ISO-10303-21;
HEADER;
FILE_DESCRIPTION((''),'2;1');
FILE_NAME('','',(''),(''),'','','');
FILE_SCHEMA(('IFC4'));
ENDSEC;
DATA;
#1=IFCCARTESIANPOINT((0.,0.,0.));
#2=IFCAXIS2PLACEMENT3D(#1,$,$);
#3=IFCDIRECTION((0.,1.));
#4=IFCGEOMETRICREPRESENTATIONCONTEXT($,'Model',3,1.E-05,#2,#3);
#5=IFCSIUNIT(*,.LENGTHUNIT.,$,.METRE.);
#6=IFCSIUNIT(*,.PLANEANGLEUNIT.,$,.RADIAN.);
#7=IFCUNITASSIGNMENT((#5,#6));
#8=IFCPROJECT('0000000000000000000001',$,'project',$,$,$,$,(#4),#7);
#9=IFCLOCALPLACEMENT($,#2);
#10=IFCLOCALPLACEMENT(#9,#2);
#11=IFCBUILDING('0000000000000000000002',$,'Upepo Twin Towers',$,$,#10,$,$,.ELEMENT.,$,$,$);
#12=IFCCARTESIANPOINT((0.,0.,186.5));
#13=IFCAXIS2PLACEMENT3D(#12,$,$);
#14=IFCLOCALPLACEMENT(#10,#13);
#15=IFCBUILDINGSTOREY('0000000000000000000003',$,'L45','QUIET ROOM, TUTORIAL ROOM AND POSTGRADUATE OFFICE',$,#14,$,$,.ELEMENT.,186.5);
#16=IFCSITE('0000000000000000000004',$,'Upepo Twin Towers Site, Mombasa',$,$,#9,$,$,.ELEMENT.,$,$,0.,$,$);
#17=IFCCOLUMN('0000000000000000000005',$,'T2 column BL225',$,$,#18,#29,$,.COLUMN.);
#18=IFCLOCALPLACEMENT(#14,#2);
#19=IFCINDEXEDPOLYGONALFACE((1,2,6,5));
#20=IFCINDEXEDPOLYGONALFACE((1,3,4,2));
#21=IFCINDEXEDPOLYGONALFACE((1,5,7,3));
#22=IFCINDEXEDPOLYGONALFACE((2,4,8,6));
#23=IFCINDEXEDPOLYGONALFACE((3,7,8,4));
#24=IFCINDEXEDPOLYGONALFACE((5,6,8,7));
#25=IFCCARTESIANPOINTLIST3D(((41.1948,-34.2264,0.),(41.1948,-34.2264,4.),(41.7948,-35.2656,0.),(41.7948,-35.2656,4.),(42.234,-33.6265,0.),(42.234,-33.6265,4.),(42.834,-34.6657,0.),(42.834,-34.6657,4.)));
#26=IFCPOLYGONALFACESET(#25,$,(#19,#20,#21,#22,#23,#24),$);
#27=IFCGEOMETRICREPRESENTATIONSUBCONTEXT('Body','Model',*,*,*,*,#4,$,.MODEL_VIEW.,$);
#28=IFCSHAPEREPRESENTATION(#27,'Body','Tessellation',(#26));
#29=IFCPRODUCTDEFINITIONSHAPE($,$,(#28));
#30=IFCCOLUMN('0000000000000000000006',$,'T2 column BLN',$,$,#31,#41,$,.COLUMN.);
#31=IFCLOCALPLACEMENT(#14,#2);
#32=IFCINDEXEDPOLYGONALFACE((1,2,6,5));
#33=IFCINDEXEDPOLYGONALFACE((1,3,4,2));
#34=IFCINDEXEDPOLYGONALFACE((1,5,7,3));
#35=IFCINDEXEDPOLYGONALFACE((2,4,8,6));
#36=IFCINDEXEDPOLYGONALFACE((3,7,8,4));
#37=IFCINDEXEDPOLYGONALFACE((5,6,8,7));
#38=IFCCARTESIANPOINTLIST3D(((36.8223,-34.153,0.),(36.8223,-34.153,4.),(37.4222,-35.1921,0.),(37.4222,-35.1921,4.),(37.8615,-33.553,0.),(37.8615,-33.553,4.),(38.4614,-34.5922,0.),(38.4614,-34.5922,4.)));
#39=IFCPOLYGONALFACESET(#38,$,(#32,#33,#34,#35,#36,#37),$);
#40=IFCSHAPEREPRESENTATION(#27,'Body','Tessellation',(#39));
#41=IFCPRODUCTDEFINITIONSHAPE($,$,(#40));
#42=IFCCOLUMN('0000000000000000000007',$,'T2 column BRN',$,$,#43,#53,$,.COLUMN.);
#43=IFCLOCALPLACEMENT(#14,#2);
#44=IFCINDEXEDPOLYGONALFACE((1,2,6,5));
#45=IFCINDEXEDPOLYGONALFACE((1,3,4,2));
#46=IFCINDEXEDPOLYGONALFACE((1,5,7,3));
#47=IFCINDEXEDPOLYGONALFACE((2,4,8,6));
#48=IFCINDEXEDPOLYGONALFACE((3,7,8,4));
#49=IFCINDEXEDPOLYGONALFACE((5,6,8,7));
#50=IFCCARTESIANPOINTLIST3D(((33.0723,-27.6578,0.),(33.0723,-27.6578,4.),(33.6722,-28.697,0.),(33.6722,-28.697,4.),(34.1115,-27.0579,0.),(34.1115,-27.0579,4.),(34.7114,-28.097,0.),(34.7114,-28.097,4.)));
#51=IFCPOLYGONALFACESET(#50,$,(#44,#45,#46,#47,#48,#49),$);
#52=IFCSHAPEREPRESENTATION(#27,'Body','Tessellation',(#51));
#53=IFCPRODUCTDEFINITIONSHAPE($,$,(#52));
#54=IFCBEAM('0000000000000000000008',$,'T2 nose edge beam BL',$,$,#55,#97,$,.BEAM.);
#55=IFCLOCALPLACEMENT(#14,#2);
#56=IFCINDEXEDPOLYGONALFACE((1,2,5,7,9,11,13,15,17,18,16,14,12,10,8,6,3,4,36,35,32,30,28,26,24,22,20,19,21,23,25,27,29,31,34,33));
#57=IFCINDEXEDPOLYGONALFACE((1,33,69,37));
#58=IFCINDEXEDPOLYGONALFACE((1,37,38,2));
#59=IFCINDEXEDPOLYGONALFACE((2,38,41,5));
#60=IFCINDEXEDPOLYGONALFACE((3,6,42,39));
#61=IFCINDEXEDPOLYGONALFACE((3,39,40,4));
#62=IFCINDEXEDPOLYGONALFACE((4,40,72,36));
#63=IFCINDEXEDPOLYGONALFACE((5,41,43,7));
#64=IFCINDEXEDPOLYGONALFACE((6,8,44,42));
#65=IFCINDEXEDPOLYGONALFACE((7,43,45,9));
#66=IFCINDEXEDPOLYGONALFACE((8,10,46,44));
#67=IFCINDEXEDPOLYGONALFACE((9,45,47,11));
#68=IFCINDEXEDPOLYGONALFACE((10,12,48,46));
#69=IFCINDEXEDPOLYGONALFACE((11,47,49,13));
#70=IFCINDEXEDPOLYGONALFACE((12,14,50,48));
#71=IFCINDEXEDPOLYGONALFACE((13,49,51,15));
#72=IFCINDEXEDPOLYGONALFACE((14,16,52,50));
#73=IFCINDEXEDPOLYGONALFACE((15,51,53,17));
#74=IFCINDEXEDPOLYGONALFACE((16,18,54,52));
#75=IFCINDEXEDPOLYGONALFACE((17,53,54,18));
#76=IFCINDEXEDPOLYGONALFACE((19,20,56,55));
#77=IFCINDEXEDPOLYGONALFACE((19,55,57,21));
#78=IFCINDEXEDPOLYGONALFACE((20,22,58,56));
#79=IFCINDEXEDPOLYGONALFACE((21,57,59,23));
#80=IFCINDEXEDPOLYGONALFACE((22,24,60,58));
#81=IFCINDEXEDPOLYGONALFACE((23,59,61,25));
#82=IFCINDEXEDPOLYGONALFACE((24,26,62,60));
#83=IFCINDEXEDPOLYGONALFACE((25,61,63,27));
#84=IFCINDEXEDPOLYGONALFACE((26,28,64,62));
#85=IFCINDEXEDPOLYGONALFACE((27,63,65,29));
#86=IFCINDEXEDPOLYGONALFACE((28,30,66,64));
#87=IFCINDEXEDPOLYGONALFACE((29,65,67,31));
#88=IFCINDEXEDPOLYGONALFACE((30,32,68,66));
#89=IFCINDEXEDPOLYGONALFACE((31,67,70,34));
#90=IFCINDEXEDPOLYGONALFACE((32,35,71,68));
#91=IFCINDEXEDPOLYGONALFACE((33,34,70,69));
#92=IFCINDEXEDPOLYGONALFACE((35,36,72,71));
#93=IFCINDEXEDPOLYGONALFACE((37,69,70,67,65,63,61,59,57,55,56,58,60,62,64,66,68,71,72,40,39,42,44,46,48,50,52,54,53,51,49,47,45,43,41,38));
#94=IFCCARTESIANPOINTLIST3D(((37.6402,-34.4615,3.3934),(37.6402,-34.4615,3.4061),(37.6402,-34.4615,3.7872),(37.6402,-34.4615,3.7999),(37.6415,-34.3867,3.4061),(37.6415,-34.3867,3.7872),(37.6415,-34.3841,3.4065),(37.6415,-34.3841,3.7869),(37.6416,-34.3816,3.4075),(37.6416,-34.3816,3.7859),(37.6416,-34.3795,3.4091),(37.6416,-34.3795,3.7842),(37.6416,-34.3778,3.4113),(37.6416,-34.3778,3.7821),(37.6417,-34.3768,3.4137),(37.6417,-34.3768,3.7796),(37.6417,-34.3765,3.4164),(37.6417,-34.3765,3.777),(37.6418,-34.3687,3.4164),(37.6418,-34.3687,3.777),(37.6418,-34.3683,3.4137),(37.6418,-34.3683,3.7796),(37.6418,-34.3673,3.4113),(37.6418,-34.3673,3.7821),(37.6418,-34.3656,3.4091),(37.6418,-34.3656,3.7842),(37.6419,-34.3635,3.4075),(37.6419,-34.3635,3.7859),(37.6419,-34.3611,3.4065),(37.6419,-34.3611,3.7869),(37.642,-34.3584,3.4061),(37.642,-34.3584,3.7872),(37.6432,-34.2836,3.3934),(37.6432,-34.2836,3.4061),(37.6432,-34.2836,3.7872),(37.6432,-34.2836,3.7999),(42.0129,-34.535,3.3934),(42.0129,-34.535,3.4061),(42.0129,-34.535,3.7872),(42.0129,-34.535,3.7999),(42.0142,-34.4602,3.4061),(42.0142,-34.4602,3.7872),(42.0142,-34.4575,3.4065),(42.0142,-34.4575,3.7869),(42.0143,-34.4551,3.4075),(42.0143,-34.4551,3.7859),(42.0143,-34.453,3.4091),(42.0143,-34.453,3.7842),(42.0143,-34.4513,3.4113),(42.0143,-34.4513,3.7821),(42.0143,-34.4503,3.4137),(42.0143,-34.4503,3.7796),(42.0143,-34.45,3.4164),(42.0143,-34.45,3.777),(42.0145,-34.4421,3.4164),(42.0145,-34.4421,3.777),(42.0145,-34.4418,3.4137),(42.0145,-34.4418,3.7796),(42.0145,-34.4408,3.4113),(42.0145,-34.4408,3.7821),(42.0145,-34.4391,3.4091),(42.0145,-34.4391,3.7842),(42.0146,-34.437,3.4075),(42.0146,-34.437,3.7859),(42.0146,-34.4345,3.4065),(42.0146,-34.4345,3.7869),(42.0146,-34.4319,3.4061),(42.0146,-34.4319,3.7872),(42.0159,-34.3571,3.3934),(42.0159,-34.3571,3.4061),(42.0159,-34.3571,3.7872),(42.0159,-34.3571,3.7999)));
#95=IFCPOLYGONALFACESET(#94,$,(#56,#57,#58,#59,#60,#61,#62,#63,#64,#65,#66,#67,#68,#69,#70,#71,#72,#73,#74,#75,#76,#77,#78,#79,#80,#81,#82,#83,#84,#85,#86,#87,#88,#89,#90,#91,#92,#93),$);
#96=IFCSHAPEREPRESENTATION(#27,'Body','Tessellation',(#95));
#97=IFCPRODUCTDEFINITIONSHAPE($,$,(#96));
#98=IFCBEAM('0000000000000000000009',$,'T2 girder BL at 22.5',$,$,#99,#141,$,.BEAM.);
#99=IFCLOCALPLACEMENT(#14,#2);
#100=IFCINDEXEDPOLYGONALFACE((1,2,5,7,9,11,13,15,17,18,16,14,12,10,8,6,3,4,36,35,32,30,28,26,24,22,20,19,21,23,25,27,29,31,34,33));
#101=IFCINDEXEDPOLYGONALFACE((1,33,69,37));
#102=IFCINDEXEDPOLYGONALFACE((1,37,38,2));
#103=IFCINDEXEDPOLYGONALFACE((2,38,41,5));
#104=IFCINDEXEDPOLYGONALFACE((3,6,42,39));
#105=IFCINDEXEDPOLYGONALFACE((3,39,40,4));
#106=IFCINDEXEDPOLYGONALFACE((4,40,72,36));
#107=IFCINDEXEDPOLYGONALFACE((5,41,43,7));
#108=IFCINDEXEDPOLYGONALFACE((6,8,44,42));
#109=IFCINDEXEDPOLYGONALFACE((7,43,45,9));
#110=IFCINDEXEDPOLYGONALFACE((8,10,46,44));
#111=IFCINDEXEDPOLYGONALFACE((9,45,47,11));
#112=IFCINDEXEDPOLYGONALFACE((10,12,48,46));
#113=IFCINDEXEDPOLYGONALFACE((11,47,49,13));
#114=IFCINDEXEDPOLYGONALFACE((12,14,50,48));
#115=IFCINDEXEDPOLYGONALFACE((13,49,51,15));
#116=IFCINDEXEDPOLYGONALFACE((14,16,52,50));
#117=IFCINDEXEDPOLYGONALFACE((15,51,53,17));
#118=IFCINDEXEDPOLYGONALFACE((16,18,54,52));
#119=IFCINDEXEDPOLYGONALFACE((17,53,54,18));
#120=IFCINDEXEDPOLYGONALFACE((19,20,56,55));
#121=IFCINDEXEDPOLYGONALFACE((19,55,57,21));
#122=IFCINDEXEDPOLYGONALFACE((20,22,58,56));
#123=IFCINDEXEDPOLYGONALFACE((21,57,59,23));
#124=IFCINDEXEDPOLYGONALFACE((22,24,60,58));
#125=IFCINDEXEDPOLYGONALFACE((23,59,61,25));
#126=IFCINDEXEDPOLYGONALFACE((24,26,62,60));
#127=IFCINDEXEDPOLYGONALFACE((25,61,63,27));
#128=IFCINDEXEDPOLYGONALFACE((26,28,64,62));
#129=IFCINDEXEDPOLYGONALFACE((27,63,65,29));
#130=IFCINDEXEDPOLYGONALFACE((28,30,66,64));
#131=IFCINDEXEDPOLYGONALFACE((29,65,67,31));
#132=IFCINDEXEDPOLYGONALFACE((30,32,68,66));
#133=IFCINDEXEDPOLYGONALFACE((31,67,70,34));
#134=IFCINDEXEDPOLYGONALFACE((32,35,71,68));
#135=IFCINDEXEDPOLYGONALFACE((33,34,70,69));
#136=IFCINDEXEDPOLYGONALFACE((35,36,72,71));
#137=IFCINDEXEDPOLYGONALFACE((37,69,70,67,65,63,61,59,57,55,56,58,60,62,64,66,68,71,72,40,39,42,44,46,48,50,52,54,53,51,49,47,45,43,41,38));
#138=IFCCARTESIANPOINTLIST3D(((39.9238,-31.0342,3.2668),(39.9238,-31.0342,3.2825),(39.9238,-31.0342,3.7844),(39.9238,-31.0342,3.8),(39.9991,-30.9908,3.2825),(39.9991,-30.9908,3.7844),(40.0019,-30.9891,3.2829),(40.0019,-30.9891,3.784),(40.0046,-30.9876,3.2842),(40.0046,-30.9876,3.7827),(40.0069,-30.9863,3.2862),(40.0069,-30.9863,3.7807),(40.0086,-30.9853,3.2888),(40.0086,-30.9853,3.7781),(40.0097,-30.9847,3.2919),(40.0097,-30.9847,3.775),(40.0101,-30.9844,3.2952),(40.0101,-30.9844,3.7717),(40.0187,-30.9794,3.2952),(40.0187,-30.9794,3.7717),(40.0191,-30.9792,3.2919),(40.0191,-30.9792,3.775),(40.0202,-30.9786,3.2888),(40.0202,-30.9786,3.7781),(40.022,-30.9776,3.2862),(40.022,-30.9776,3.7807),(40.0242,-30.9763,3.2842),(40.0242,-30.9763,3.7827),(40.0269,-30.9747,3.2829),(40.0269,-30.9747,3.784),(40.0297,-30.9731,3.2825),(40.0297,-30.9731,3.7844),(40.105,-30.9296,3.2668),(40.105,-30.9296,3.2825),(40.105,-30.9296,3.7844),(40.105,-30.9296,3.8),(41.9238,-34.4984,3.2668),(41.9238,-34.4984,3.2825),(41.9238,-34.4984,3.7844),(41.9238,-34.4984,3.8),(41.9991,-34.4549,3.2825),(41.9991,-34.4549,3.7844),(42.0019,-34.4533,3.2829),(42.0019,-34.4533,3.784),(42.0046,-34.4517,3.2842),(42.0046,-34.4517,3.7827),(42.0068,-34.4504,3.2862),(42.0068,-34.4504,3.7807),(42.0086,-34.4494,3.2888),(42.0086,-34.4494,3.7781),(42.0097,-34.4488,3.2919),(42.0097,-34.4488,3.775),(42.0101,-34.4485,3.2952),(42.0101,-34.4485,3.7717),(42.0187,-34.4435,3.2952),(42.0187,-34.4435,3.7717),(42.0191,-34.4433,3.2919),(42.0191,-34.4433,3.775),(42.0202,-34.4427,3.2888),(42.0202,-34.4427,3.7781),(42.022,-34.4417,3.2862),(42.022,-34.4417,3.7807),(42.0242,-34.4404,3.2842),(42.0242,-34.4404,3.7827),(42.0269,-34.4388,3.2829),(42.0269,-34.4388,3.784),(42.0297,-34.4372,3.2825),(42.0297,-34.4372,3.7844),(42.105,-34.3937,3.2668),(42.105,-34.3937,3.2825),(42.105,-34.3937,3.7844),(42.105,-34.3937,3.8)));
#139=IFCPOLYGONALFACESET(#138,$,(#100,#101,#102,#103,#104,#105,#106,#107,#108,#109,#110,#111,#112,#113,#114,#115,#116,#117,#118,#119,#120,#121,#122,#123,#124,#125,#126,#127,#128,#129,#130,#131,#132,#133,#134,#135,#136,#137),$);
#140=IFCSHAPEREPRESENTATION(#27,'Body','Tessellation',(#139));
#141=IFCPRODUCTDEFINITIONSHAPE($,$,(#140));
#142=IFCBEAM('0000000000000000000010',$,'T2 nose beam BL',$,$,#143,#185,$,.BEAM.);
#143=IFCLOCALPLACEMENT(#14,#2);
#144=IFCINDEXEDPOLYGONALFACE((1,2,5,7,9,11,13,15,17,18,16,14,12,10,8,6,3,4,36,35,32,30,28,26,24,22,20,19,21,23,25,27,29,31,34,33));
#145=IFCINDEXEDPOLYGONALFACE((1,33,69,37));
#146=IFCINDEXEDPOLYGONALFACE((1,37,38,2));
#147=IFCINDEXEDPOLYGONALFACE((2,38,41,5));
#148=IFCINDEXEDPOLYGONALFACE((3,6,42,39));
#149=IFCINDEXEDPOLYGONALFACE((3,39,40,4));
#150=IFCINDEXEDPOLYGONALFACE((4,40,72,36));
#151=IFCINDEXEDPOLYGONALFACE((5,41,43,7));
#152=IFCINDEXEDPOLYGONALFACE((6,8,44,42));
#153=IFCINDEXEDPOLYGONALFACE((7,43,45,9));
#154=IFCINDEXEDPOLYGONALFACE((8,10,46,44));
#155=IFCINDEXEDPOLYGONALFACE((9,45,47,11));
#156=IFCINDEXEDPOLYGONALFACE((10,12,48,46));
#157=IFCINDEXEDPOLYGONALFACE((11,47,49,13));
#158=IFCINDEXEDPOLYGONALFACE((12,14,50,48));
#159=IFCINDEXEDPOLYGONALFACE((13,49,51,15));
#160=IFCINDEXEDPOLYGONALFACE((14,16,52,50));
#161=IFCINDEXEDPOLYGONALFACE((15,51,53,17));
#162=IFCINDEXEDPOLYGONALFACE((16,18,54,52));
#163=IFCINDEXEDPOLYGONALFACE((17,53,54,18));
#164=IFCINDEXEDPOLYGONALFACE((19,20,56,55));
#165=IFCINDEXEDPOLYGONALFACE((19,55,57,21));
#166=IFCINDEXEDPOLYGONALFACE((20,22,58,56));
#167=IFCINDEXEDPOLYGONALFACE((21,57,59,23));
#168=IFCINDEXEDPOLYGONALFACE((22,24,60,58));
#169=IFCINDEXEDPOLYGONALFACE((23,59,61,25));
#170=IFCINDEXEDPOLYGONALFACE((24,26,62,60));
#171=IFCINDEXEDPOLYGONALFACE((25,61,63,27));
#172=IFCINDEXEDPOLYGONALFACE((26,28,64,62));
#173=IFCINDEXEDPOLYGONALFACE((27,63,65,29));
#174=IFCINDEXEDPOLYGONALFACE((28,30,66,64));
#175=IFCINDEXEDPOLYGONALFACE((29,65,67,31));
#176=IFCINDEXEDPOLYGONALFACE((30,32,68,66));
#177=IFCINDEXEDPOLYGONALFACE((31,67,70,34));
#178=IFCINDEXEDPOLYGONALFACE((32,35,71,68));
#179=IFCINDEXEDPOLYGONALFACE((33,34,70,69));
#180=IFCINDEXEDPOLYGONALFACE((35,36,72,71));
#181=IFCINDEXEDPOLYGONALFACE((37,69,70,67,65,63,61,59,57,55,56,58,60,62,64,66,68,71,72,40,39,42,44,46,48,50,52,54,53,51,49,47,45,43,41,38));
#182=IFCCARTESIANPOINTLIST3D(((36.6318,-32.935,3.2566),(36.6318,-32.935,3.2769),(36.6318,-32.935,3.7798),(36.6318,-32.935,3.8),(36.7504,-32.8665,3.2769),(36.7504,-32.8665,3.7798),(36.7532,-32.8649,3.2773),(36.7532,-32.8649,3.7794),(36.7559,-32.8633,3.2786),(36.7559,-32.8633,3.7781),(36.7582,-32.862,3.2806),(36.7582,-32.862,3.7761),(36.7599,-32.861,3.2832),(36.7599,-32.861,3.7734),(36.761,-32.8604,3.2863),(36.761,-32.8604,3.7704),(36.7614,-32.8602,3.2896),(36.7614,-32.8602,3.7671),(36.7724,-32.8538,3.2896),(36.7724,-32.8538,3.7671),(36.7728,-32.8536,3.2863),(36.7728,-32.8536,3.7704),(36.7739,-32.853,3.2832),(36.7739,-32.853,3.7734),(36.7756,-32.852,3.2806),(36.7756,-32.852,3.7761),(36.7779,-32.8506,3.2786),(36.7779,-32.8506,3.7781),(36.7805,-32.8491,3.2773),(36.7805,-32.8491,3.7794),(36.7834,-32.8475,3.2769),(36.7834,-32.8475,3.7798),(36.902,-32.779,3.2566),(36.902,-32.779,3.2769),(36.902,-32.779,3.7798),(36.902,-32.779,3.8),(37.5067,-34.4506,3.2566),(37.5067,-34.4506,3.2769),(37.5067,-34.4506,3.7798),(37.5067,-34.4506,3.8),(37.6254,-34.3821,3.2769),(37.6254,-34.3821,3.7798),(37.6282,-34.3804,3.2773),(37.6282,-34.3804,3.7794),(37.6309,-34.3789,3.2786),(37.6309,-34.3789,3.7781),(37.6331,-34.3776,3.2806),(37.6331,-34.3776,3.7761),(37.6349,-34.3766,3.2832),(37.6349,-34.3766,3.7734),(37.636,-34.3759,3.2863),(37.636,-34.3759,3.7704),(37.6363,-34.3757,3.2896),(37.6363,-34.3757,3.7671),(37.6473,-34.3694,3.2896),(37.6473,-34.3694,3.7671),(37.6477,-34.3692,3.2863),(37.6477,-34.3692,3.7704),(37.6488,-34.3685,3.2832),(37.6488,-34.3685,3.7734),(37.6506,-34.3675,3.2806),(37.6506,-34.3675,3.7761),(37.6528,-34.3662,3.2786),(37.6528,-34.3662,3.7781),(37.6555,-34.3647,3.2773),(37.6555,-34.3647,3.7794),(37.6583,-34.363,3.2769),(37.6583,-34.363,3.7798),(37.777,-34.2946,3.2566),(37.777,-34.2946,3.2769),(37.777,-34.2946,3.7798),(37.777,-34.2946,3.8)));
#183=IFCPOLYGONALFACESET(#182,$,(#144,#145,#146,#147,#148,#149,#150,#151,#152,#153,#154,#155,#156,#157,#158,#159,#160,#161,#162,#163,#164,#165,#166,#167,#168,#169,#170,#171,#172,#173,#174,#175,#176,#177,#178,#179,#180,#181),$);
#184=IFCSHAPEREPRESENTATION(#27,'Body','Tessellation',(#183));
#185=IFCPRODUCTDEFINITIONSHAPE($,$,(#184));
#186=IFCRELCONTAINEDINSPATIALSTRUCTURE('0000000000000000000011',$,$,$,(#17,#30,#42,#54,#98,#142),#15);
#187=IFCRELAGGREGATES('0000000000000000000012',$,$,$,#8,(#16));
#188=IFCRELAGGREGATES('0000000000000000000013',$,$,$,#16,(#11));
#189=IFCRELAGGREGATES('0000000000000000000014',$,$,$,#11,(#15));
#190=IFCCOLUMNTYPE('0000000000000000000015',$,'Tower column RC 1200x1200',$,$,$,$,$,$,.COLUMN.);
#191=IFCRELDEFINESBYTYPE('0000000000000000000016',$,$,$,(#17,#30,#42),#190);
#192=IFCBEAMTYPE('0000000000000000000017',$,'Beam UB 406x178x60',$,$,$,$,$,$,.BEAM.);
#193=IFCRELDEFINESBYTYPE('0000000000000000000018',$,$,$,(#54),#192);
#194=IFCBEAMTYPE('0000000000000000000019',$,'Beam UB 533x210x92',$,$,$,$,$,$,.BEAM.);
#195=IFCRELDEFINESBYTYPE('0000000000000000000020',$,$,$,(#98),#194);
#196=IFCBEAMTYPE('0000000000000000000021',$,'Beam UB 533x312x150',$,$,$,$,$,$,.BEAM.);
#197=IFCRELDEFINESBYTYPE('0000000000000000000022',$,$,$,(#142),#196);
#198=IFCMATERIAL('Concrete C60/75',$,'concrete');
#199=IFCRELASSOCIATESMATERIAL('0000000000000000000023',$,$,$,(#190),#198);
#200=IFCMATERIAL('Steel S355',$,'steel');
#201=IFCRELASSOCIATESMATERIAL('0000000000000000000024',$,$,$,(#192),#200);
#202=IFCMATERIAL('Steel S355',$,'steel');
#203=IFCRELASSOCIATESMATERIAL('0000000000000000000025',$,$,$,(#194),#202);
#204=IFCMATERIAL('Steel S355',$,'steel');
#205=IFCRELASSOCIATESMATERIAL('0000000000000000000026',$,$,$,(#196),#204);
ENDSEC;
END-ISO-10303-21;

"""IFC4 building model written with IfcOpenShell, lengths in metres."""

from ifc_helpers import new_model, si_unit, direction, frame, origin, origin_2d, place, context, subcontext, project, spatial, rectangle, i_section, extrude, material, material_profile, profile_set, type_object, element, save


model = new_model("IFC4")

# Units and contexts
model_context = context("Model", 3, precision=1e-05, world=origin(), true_north=direction((0.0, 1.0)))
body_context = subcontext(model_context, "Body", "Model", "MODEL_VIEW")
ifc_project = project(units=[si_unit("LENGTHUNIT", "METRE"), si_unit("PLANEANGLEUNIT", "RADIAN")], contexts=[model_context])

# Site, building, storey
site_placement = place(None, origin())
site = spatial("IfcSite", under=ifc_project, at=site_placement, Name="Upepo Twin Towers Site, Mombasa", CompositionType="ELEMENT", RefElevation=0.0)
building_placement = place(site_placement, origin())
building = spatial("IfcBuilding", under=site, at=building_placement, Name="Upepo Twin Towers", CompositionType="ELEMENT")
storey_placement = place(building_placement, frame((0.0, 0.0, 186.5)))
storey = spatial("IfcBuildingStorey", under=building, at=storey_placement, Name="L45", Description="QUIET ROOM, TUTORIAL ROOM AND POSTGRADUATE OFFICE", CompositionType="ELEMENT", Elevation=186.5)

# Columns
ifc_material_1 = material(Name="Concrete C60/75", Category="concrete")
ifc_material_profile_1 = material_profile(ifc_material_1, rectangle(XDim=1.2, YDim=1.2, at=origin_2d()), Name="RC 1200x1200")
ifc_profile_set_1 = profile_set([ifc_material_profile_1], Name="Concrete C60/75")
column_type = type_object("IfcColumnType", Name="Tower column RC 1200x1200", PredefinedType="COLUMN", material=ifc_profile_set_1)
for number, where, z_axis, x_axis, name in (
    (1, (42.0144, -34.446, 0.0), (0.0, 0.0, 1.0), (0.866025, 0.5, 0.0), "T2 column BL225"),
    (2, (37.6418, -34.3726, 0.0), (0.0, 0.0, 1.0), (0.866025, 0.5, 0.0), "T2 column BLN"),
    (3, (33.8918, -27.8774, 0.0), (0.0, 0.0, 1.0), (0.866025, 0.5, 0.0), "T2 column BRN"),
):
    element("IfcColumn", number, at=place(storey_placement, frame(where, z_axis=z_axis, x_axis=x_axis)), inside=storey, type_object=column_type, Name=name, PredefinedType="COLUMN", context=body_context, shape_type="SweptSolid", body=[
        extrude(rectangle(XDim=1.2, YDim=1.2, at=origin_2d()), origin(), (0.0, 0.0, 1.0), 4.0),
    ])

# Beams
ifc_material_2 = material(Name="Steel S355", Category="steel")
ifc_material_profile_2 = material_profile(ifc_material_2, i_section(OverallWidth=0.178, OverallDepth=0.4065, WebThickness=0.0078, FlangeThickness=0.0127, FilletRadius=0.0103, at=origin_2d()), Name="UB 406x178x60")
ifc_profile_set_2 = profile_set([ifc_material_profile_2], Name="Steel S355")
beam_type_1 = type_object("IfcBeamType", Name="Beam UB 406x178x60", PredefinedType="BEAM", material=ifc_profile_set_2)
beam_1_placement = place(storey_placement, frame((42.0144, -34.446, 3.5967), z_axis=(-0.999859, 0.016804, 0.0), x_axis=(-0.016804, -0.999859, 0.0)))
element("IfcBeam", 4, at=beam_1_placement, inside=storey, type_object=beam_type_1, Name="T2 nose edge beam BL", PredefinedType="BEAM", context=body_context, shape_type="SweptSolid", body=[
    extrude(i_section(OverallWidth=0.178, OverallDepth=0.4065, WebThickness=0.0078, FlangeThickness=0.0127, FilletRadius=0.0103, at=origin_2d()), origin(), (0.0, 0.0, 1.0), 4.3733),
])
ifc_material_3 = material(Name="Steel S355", Category="steel")
ifc_material_profile_3 = material_profile(ifc_material_3, i_section(OverallWidth=0.2092, OverallDepth=0.5332, WebThickness=0.01, FlangeThickness=0.0156, FilletRadius=0.0127, at=origin_2d()), Name="UB 533x210x92")
ifc_profile_set_3 = profile_set([ifc_material_profile_3], Name="Steel S355")
beam_type_2 = type_object("IfcBeamType", Name="Beam UB 533x210x92", PredefinedType="BEAM", material=ifc_profile_set_3)
beam_2_placement = place(storey_placement, frame((42.0144, -34.446, 3.5334), z_axis=(-0.499999, 0.866026, 0.0), x_axis=(-0.866026, -0.499999, 0.0)))
element("IfcBeam", 5, at=beam_2_placement, inside=storey, type_object=beam_type_2, Name="T2 girder BL at 22.5", PredefinedType="BEAM", context=body_context, shape_type="SweptSolid", body=[
    extrude(i_section(OverallWidth=0.2092, OverallDepth=0.5332, WebThickness=0.01, FlangeThickness=0.0156, FilletRadius=0.0127, at=origin_2d()), origin(), (0.0, 0.0, 1.0), 4.0),
])
ifc_material_4 = material(Name="Steel S355", Category="steel")
ifc_material_profile_4 = material_profile(ifc_material_4, i_section(OverallWidth=0.312, OverallDepth=0.5435, WebThickness=0.0127, FlangeThickness=0.0203, FilletRadius=0.0127, at=origin_2d()), Name="UB 533x312x150")
ifc_profile_set_4 = profile_set([ifc_material_profile_4], Name="Steel S355")
beam_type_3 = type_object("IfcBeamType", Name="Beam UB 533x312x150", PredefinedType="BEAM", material=ifc_profile_set_4)
for number, where, z_axis, x_axis, name in (
    (6, (37.6418, -34.3726, 3.5283), (-0.49998, 0.866037, 0.0), (-0.866037, -0.49998, 0.0), "T2 nose beam BL"),
):
    element("IfcBeam", number, at=place(storey_placement, frame(where, z_axis=z_axis, x_axis=x_axis)), inside=storey, type_object=beam_type_3, Name=name, PredefinedType="BEAM", context=body_context, shape_type="SweptSolid", body=[
        extrude(i_section(OverallWidth=0.312, OverallDepth=0.5435, WebThickness=0.0127, FlangeThickness=0.0203, FilletRadius=0.0127, at=origin_2d()), origin(), (0.0, 0.0, 1.0), 1.75),
    ])

save(model, "model.ifc")
